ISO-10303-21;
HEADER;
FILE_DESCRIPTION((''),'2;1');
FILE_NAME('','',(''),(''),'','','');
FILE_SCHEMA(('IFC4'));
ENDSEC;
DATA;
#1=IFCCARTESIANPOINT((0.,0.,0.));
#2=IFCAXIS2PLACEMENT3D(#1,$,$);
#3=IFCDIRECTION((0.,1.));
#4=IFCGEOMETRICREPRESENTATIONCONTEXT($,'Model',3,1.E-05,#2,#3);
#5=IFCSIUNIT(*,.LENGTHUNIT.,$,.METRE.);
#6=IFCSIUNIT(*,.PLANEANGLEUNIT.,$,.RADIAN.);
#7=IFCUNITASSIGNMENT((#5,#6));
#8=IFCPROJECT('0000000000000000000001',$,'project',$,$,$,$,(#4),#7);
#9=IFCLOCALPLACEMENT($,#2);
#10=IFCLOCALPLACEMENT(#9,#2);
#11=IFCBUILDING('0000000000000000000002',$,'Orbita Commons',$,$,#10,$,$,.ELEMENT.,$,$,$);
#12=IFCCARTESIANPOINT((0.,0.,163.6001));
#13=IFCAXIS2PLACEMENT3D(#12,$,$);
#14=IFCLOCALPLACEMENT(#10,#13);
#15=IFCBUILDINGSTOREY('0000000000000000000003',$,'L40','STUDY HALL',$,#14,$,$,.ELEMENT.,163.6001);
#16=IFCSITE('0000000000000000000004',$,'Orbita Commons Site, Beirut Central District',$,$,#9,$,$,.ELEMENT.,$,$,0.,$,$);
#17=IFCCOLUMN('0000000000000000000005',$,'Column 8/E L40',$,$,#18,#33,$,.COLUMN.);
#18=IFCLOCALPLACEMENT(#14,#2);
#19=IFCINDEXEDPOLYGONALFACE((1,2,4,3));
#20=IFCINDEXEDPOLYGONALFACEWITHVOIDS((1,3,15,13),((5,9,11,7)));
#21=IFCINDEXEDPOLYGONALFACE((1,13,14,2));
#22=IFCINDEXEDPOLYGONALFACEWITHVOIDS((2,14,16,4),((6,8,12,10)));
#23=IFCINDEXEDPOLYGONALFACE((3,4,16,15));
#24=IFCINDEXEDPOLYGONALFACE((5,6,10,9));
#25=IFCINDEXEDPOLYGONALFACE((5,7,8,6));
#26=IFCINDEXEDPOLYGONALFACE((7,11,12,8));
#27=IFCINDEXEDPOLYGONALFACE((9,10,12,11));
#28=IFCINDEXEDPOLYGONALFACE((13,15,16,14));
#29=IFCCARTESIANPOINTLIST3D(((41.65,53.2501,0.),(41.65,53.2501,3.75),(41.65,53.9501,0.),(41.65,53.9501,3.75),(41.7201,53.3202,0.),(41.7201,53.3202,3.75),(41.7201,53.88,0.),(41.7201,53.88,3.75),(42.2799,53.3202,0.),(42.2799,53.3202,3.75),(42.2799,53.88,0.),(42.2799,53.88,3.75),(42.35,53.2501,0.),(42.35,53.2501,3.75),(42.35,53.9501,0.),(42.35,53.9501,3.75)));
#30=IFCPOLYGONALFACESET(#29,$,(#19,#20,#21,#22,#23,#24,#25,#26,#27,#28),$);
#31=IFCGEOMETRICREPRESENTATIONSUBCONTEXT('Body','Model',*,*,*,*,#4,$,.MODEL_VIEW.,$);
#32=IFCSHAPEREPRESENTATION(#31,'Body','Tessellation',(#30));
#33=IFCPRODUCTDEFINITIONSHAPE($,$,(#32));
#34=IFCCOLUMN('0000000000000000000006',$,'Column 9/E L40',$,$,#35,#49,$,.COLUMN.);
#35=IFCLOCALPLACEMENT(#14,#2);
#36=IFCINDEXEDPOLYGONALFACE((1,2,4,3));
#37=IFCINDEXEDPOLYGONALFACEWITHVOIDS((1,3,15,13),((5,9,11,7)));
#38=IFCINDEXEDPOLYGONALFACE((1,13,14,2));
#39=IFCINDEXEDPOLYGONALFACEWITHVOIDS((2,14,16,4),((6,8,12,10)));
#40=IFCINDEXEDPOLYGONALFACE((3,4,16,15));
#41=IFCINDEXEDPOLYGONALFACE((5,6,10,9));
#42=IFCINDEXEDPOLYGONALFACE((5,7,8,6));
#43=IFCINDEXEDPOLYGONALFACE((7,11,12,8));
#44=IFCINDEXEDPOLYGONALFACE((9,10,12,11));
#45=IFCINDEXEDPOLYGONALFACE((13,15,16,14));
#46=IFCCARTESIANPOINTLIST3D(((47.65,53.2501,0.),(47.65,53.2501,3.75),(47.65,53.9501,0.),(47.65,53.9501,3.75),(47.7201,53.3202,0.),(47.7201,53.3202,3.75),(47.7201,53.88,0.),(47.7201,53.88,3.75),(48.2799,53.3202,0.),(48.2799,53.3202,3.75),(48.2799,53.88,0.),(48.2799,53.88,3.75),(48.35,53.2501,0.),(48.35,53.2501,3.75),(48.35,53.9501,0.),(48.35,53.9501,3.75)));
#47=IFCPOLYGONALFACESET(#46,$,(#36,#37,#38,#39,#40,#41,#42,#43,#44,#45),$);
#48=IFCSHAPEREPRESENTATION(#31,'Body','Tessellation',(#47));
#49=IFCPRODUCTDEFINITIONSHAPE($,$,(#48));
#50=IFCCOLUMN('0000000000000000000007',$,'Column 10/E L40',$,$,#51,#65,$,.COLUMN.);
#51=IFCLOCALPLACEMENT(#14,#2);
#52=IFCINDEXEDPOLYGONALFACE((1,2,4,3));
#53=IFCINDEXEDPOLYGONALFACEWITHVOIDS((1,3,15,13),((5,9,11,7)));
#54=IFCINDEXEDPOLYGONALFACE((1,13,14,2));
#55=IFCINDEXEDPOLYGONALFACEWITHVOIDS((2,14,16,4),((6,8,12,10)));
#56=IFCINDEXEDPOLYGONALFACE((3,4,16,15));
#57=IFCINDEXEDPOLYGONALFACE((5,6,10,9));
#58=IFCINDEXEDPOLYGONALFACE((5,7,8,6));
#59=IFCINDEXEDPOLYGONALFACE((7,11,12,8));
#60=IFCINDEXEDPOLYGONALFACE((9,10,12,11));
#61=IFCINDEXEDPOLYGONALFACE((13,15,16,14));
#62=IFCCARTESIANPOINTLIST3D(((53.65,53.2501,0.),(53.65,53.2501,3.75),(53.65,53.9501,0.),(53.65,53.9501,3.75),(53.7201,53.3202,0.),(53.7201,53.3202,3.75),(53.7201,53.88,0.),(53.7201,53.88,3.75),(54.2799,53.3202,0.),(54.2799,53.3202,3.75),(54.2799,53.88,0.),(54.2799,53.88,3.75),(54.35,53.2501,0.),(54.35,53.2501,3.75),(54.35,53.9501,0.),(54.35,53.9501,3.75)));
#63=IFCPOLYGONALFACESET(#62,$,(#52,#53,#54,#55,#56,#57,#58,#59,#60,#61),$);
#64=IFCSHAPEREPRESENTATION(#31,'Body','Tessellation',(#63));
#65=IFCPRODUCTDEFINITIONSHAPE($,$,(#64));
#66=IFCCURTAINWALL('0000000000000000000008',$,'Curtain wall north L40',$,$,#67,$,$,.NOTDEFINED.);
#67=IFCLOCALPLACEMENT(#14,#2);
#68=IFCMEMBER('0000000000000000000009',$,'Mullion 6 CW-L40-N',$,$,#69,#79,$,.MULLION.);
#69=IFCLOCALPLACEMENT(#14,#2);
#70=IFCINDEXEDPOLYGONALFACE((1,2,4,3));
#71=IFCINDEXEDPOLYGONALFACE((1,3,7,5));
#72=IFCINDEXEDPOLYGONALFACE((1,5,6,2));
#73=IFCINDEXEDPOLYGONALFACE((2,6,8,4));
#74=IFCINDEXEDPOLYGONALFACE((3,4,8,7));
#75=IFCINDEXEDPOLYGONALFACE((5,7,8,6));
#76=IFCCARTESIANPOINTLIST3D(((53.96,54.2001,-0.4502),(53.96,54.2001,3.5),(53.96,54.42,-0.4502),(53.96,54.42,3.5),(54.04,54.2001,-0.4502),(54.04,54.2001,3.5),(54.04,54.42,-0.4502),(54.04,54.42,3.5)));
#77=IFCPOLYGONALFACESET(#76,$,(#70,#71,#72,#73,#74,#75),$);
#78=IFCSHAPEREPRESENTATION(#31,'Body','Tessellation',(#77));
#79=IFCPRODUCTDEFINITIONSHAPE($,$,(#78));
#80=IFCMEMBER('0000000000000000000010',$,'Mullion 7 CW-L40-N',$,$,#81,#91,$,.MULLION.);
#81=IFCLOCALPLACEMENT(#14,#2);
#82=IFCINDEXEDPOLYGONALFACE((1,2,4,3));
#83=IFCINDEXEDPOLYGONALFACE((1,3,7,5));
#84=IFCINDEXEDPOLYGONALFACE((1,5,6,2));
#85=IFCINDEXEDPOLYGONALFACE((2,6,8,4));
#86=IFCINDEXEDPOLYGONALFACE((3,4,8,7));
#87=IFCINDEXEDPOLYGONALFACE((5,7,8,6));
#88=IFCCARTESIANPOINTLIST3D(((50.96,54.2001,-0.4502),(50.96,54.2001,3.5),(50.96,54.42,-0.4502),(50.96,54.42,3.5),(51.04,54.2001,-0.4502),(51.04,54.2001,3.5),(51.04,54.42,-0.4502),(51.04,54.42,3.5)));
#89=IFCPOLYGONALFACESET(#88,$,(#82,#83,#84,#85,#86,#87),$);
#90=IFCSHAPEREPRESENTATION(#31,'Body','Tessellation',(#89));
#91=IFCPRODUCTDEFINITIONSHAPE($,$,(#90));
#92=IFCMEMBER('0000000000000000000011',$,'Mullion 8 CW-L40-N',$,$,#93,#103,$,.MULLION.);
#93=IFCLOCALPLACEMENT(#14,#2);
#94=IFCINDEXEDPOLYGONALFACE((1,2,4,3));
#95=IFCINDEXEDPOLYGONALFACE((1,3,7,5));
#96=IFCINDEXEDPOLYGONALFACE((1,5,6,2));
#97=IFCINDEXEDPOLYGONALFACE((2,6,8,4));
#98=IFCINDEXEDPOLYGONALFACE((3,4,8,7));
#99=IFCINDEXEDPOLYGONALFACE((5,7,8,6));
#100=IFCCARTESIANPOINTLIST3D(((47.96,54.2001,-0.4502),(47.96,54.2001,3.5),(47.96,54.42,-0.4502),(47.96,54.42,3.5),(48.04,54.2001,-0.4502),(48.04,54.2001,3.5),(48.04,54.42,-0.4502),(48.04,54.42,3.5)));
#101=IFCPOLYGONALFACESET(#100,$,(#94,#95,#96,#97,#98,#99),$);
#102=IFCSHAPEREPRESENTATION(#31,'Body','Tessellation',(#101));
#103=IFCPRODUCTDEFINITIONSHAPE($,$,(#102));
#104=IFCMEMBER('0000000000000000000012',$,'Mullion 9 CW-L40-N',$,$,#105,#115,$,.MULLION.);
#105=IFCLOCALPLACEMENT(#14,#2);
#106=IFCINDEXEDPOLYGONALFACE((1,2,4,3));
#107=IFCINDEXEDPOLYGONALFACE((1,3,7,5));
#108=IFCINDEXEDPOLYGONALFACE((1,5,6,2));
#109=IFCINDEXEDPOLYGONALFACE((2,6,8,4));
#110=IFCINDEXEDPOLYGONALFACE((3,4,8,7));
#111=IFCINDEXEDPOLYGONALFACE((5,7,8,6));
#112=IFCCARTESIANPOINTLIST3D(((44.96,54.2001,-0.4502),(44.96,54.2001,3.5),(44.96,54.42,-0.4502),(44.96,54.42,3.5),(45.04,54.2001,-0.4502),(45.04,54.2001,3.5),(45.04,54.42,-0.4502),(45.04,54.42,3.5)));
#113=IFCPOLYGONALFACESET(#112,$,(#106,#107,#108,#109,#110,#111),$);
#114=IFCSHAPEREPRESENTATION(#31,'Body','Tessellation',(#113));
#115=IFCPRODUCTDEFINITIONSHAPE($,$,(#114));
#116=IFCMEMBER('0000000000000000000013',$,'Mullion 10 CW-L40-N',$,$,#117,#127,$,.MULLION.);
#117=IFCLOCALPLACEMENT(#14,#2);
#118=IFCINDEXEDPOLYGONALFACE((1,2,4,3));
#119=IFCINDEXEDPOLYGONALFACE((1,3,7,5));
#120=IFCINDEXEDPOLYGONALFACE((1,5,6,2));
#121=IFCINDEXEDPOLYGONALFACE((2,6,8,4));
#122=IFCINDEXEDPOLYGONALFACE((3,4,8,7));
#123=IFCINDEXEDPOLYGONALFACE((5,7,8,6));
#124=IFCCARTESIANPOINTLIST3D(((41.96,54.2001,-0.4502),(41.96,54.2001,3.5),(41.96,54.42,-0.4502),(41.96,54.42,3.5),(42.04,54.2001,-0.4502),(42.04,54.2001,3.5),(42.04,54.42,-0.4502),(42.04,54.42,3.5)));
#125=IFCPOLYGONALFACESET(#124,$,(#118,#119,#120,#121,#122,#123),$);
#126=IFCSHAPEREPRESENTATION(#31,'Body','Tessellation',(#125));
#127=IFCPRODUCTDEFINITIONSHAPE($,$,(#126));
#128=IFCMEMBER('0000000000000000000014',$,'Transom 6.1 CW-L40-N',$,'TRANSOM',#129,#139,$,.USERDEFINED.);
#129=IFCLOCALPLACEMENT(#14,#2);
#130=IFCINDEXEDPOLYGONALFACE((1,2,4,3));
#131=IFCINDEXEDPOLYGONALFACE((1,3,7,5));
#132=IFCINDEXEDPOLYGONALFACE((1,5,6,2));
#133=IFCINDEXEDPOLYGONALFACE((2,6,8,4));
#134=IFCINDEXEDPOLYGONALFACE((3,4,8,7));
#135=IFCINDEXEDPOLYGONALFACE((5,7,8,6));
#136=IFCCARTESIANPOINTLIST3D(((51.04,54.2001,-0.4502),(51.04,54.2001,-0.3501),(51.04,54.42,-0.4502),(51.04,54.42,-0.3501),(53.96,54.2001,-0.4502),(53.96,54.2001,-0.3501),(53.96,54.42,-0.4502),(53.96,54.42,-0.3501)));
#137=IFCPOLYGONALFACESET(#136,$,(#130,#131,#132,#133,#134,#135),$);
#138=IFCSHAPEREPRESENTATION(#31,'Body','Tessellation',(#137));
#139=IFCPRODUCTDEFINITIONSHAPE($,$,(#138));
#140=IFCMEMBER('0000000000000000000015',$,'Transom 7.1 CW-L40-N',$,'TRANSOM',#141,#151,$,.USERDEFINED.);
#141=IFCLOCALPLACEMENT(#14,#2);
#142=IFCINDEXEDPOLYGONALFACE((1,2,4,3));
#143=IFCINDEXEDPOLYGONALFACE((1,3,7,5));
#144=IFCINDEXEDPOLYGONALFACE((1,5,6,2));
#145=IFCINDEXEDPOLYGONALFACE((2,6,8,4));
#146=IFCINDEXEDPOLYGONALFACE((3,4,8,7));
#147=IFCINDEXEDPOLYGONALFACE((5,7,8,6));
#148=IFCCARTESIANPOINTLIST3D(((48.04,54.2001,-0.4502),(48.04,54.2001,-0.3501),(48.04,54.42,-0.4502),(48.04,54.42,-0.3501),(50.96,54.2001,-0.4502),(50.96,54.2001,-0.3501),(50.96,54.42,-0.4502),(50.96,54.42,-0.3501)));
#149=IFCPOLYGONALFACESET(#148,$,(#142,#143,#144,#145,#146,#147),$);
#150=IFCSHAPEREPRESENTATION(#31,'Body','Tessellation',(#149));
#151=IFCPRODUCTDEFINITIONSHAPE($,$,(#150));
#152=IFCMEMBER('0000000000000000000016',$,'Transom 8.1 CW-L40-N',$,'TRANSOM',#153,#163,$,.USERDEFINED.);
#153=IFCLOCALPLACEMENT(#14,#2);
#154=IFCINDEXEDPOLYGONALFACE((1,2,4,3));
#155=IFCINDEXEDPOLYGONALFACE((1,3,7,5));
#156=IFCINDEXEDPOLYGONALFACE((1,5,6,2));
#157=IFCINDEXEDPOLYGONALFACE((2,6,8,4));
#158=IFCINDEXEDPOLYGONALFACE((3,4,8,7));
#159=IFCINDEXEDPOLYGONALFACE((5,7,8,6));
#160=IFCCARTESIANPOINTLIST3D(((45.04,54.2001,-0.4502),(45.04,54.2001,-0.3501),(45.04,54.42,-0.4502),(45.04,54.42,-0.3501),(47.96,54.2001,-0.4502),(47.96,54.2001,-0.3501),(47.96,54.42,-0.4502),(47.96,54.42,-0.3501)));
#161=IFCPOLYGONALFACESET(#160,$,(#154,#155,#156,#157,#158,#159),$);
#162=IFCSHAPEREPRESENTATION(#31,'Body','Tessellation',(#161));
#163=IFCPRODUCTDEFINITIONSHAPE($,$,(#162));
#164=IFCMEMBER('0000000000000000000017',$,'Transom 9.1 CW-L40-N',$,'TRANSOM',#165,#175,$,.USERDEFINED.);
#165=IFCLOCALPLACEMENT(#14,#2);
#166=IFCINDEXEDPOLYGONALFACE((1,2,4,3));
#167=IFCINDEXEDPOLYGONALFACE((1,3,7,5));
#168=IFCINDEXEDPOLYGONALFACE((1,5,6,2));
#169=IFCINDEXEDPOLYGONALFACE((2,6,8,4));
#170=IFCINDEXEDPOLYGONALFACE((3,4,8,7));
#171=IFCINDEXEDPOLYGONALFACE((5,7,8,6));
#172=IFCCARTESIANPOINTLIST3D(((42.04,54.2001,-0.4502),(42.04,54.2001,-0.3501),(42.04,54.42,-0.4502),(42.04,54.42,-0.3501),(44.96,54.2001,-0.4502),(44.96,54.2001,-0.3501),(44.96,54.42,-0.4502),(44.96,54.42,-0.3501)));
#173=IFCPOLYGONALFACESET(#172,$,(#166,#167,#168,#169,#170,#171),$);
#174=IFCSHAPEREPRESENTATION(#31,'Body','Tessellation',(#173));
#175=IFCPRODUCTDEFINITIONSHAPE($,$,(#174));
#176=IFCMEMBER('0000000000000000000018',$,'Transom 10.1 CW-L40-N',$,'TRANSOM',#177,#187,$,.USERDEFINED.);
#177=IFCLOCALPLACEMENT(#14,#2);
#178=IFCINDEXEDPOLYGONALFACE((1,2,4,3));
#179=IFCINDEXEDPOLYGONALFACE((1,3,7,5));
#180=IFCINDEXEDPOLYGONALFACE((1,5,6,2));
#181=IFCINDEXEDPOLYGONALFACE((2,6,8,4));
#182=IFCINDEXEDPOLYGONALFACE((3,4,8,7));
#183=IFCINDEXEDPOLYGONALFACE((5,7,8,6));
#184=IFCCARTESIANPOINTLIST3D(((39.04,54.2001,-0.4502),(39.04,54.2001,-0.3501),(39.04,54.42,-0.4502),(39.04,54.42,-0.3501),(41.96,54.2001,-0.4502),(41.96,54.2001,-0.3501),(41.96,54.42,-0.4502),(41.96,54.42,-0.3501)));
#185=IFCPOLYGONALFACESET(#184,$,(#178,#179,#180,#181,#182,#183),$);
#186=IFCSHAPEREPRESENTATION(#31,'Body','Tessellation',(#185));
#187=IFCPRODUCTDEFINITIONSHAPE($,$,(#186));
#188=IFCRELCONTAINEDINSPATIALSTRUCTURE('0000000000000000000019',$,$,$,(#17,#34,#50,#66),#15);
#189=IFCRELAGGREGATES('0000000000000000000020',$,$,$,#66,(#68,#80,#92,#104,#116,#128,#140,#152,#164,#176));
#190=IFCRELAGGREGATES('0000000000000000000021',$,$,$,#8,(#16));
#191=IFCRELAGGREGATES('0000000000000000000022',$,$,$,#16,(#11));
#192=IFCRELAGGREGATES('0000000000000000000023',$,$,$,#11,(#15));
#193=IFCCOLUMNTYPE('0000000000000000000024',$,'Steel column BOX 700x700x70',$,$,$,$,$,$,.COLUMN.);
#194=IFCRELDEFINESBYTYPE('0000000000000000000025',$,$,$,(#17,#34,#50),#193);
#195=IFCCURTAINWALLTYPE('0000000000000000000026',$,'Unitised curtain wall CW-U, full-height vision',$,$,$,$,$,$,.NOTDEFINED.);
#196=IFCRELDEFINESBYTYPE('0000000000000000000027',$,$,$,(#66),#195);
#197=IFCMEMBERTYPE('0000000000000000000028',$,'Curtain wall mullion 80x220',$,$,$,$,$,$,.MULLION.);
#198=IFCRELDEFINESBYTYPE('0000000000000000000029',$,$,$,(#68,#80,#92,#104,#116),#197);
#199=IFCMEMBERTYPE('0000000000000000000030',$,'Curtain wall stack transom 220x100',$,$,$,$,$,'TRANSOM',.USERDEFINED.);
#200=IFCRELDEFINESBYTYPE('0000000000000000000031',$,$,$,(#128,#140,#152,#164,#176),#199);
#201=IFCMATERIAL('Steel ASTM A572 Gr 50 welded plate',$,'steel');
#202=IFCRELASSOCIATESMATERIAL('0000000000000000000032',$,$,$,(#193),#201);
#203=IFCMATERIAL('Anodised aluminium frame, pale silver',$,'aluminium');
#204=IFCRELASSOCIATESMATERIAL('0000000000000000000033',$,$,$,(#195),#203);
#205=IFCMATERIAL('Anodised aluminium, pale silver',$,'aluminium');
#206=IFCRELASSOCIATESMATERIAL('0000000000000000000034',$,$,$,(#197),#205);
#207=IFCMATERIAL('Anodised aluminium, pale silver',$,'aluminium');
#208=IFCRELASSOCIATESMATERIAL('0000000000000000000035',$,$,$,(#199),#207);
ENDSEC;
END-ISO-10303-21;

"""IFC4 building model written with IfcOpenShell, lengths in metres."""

from ifc_helpers import new_model, si_unit, direction, frame, origin, origin_2d, place, context, subcontext, project, spatial, rectangle, hollow_rectangle, extrude, material, material_profile, profile_set, type_object, element, aggregate, save


model = new_model("IFC4")

# Units and contexts
model_context = context("Model", 3, precision=1e-05, world=origin(), true_north=direction((0.0, 1.0)))
body_context = subcontext(model_context, "Body", "Model", "MODEL_VIEW")
ifc_project = project(units=[si_unit("LENGTHUNIT", "METRE"), si_unit("PLANEANGLEUNIT", "RADIAN")], contexts=[model_context])

# Site, building, storey
site_placement = place(None, origin())
site = spatial("IfcSite", under=ifc_project, at=site_placement, Name="Orbita Commons Site, Beirut Central District", CompositionType="ELEMENT", RefElevation=0.0)
building_placement = place(site_placement, origin())
building = spatial("IfcBuilding", under=site, at=building_placement, Name="Orbita Commons", CompositionType="ELEMENT")
storey_placement = place(building_placement, frame((0.0, 0.0, 163.6001)))
storey = spatial("IfcBuildingStorey", under=building, at=storey_placement, Name="L40", Description="STUDY HALL", CompositionType="ELEMENT", Elevation=163.6001)

# Columns
ifc_material_1 = material(Name="Steel ASTM A572 Gr 50 welded plate", Category="steel")
ifc_material_profile_1 = material_profile(ifc_material_1, hollow_rectangle(XDim=0.7, YDim=0.7, WallThickness=0.0701, at=origin_2d()), Name="BOX 700x700x70")
ifc_profile_set_1 = profile_set([ifc_material_profile_1], Name="Steel ASTM A572 Gr 50 welded plate")
column_type = type_object("IfcColumnType", Name="Steel column BOX 700x700x70", PredefinedType="COLUMN", material=ifc_profile_set_1)
for number, where, z_axis, x_axis, name in (
    (1, (42.0, 53.6001, 0.0), (0.0, 0.0, 1.0), (1.0, 0.0, 0.0), "Column 8/E L40"),
    (2, (48.0, 53.6001, 0.0), (0.0, 0.0, 1.0), (1.0, 0.0, 0.0), "Column 9/E L40"),
    (3, (54.0, 53.6001, 0.0), (0.0, 0.0, 1.0), (1.0, 0.0, 0.0), "Column 10/E L40"),
):
    element("IfcColumn", number, at=place(storey_placement, frame(where, z_axis=z_axis, x_axis=x_axis)), inside=storey, type_object=column_type, Name=name, PredefinedType="COLUMN", context=body_context, shape_type="SweptSolid", body=[
        extrude(hollow_rectangle(XDim=0.7, YDim=0.7, WallThickness=0.0701, at=origin_2d()), origin(), (0.0, 0.0, 1.0), 3.75),
    ])

# Curtain wall, members
ifc_material_2 = material(Name="Anodised aluminium frame, pale silver", Category="aluminium")
curtain_wall_type = type_object("IfcCurtainWallType", Name="Unitised curtain wall CW-U, full-height vision", PredefinedType="NOTDEFINED", material=ifc_material_2)
curtain_wall_placement = place(storey_placement, origin())
curtain_wall = element("IfcCurtainWall", 4, at=curtain_wall_placement, inside=storey, type_object=curtain_wall_type, Name="Curtain wall north L40", PredefinedType="NOTDEFINED")
ifc_material_3 = material(Name="Anodised aluminium, pale silver", Category="aluminium")
ifc_material_profile_2 = material_profile(ifc_material_3, rectangle(XDim=0.0801, YDim=0.22, at=origin_2d()), Name="AL 80x220")
ifc_profile_set_2 = profile_set([ifc_material_profile_2], Name="Anodised aluminium, pale silver")
member_type_1 = type_object("IfcMemberType", Name="Curtain wall mullion 80x220", PredefinedType="MULLION", material=ifc_profile_set_2)
member_1_placement = place(storey_placement, frame((54.0, 54.3101, -0.4502), z_axis=(0.0, 0.0, 1.0), x_axis=(-1.0, 0.0, 0.0)))
member_1 = element("IfcMember", 5, at=member_1_placement, type_object=member_type_1, Name="Mullion 6 CW-L40-N", PredefinedType="MULLION", context=body_context, shape_type="SweptSolid", body=[
    extrude(rectangle(XDim=0.0801, YDim=0.22, at=origin_2d()), origin(), (0.0, 0.0, 1.0), 3.9502),
])
member_2_placement = place(storey_placement, frame((51.0, 54.3101, -0.4502), z_axis=(0.0, 0.0, 1.0), x_axis=(-1.0, 0.0, 0.0)))
member_2 = element("IfcMember", 6, at=member_2_placement, type_object=member_type_1, Name="Mullion 7 CW-L40-N", PredefinedType="MULLION", context=body_context, shape_type="SweptSolid", body=[
    extrude(rectangle(XDim=0.0801, YDim=0.22, at=origin_2d()), origin(), (0.0, 0.0, 1.0), 3.9502),
])
member_3_placement = place(storey_placement, frame((48.0, 54.3101, -0.4502), z_axis=(0.0, 0.0, 1.0), x_axis=(-1.0, 0.0, 0.0)))
member_3 = element("IfcMember", 7, at=member_3_placement, type_object=member_type_1, Name="Mullion 8 CW-L40-N", PredefinedType="MULLION", context=body_context, shape_type="SweptSolid", body=[
    extrude(rectangle(XDim=0.0801, YDim=0.22, at=origin_2d()), origin(), (0.0, 0.0, 1.0), 3.9502),
])
member_4_placement = place(storey_placement, frame((45.0, 54.3101, -0.4502), z_axis=(0.0, 0.0, 1.0), x_axis=(-1.0, 0.0, 0.0)))
member_4 = element("IfcMember", 8, at=member_4_placement, type_object=member_type_1, Name="Mullion 9 CW-L40-N", PredefinedType="MULLION", context=body_context, shape_type="SweptSolid", body=[
    extrude(rectangle(XDim=0.0801, YDim=0.22, at=origin_2d()), origin(), (0.0, 0.0, 1.0), 3.9502),
])
member_5_placement = place(storey_placement, frame((42.0, 54.3101, -0.4502), z_axis=(0.0, 0.0, 1.0), x_axis=(-1.0, 0.0, 0.0)))
member_5 = element("IfcMember", 9, at=member_5_placement, type_object=member_type_1, Name="Mullion 10 CW-L40-N", PredefinedType="MULLION", context=body_context, shape_type="SweptSolid", body=[
    extrude(rectangle(XDim=0.0801, YDim=0.22, at=origin_2d()), origin(), (0.0, 0.0, 1.0), 3.9502),
])
ifc_material_4 = material(Name="Anodised aluminium, pale silver", Category="aluminium")
ifc_material_profile_3 = material_profile(ifc_material_4, rectangle(XDim=0.22, YDim=0.1001, at=origin_2d()), Name="AL 220x100")
ifc_profile_set_3 = profile_set([ifc_material_profile_3], Name="Anodised aluminium, pale silver")
member_type_2 = type_object("IfcMemberType", Name="Curtain wall stack transom 220x100", ElementType="TRANSOM", PredefinedType="USERDEFINED", material=ifc_profile_set_3)
member_6_placement = place(storey_placement, frame((53.96, 54.3101, -0.4001), z_axis=(-1.0, 0.0, 0.0), x_axis=(0.0, -1.0, 0.0)))
member_6 = element("IfcMember", 10, at=member_6_placement, type_object=member_type_2, Name="Transom 6.1 CW-L40-N", ObjectType="TRANSOM", PredefinedType="USERDEFINED", context=body_context, shape_type="SweptSolid", body=[
    extrude(rectangle(XDim=0.22, YDim=0.1001, at=origin_2d()), origin(), (0.0, 0.0, 1.0), 2.9199),
])
member_7_placement = place(storey_placement, frame((50.96, 54.3101, -0.4001), z_axis=(-1.0, 0.0, 0.0), x_axis=(0.0, -1.0, 0.0)))
member_7 = element("IfcMember", 11, at=member_7_placement, type_object=member_type_2, Name="Transom 7.1 CW-L40-N", ObjectType="TRANSOM", PredefinedType="USERDEFINED", context=body_context, shape_type="SweptSolid", body=[
    extrude(rectangle(XDim=0.22, YDim=0.1001, at=origin_2d()), origin(), (0.0, 0.0, 1.0), 2.9199),
])
member_8_placement = place(storey_placement, frame((47.96, 54.3101, -0.4001), z_axis=(-1.0, 0.0, 0.0), x_axis=(0.0, -1.0, 0.0)))
member_8 = element("IfcMember", 12, at=member_8_placement, type_object=member_type_2, Name="Transom 8.1 CW-L40-N", ObjectType="TRANSOM", PredefinedType="USERDEFINED", context=body_context, shape_type="SweptSolid", body=[
    extrude(rectangle(XDim=0.22, YDim=0.1001, at=origin_2d()), origin(), (0.0, 0.0, 1.0), 2.9199),
])
member_9_placement = place(storey_placement, frame((44.96, 54.3101, -0.4001), z_axis=(-1.0, 0.0, 0.0), x_axis=(0.0, -1.0, 0.0)))
member_9 = element("IfcMember", 13, at=member_9_placement, type_object=member_type_2, Name="Transom 9.1 CW-L40-N", ObjectType="TRANSOM", PredefinedType="USERDEFINED", context=body_context, shape_type="SweptSolid", body=[
    extrude(rectangle(XDim=0.22, YDim=0.1001, at=origin_2d()), origin(), (0.0, 0.0, 1.0), 2.9199),
])
member_10_placement = place(storey_placement, frame((41.96, 54.3101, -0.4001), z_axis=(-1.0, 0.0, 0.0), x_axis=(0.0, -1.0, 0.0)))
member_10 = element("IfcMember", 14, at=member_10_placement, type_object=member_type_2, Name="Transom 10.1 CW-L40-N", ObjectType="TRANSOM", PredefinedType="USERDEFINED", context=body_context, shape_type="SweptSolid", body=[
    extrude(rectangle(XDim=0.22, YDim=0.1001, at=origin_2d()), origin(), (0.0, 0.0, 1.0), 2.9199),
])

aggregate(curtain_wall, [member_1, member_2, member_3, member_4, member_5, member_6, member_7, member_8, member_9, member_10])

save(model, "model.ifc")
